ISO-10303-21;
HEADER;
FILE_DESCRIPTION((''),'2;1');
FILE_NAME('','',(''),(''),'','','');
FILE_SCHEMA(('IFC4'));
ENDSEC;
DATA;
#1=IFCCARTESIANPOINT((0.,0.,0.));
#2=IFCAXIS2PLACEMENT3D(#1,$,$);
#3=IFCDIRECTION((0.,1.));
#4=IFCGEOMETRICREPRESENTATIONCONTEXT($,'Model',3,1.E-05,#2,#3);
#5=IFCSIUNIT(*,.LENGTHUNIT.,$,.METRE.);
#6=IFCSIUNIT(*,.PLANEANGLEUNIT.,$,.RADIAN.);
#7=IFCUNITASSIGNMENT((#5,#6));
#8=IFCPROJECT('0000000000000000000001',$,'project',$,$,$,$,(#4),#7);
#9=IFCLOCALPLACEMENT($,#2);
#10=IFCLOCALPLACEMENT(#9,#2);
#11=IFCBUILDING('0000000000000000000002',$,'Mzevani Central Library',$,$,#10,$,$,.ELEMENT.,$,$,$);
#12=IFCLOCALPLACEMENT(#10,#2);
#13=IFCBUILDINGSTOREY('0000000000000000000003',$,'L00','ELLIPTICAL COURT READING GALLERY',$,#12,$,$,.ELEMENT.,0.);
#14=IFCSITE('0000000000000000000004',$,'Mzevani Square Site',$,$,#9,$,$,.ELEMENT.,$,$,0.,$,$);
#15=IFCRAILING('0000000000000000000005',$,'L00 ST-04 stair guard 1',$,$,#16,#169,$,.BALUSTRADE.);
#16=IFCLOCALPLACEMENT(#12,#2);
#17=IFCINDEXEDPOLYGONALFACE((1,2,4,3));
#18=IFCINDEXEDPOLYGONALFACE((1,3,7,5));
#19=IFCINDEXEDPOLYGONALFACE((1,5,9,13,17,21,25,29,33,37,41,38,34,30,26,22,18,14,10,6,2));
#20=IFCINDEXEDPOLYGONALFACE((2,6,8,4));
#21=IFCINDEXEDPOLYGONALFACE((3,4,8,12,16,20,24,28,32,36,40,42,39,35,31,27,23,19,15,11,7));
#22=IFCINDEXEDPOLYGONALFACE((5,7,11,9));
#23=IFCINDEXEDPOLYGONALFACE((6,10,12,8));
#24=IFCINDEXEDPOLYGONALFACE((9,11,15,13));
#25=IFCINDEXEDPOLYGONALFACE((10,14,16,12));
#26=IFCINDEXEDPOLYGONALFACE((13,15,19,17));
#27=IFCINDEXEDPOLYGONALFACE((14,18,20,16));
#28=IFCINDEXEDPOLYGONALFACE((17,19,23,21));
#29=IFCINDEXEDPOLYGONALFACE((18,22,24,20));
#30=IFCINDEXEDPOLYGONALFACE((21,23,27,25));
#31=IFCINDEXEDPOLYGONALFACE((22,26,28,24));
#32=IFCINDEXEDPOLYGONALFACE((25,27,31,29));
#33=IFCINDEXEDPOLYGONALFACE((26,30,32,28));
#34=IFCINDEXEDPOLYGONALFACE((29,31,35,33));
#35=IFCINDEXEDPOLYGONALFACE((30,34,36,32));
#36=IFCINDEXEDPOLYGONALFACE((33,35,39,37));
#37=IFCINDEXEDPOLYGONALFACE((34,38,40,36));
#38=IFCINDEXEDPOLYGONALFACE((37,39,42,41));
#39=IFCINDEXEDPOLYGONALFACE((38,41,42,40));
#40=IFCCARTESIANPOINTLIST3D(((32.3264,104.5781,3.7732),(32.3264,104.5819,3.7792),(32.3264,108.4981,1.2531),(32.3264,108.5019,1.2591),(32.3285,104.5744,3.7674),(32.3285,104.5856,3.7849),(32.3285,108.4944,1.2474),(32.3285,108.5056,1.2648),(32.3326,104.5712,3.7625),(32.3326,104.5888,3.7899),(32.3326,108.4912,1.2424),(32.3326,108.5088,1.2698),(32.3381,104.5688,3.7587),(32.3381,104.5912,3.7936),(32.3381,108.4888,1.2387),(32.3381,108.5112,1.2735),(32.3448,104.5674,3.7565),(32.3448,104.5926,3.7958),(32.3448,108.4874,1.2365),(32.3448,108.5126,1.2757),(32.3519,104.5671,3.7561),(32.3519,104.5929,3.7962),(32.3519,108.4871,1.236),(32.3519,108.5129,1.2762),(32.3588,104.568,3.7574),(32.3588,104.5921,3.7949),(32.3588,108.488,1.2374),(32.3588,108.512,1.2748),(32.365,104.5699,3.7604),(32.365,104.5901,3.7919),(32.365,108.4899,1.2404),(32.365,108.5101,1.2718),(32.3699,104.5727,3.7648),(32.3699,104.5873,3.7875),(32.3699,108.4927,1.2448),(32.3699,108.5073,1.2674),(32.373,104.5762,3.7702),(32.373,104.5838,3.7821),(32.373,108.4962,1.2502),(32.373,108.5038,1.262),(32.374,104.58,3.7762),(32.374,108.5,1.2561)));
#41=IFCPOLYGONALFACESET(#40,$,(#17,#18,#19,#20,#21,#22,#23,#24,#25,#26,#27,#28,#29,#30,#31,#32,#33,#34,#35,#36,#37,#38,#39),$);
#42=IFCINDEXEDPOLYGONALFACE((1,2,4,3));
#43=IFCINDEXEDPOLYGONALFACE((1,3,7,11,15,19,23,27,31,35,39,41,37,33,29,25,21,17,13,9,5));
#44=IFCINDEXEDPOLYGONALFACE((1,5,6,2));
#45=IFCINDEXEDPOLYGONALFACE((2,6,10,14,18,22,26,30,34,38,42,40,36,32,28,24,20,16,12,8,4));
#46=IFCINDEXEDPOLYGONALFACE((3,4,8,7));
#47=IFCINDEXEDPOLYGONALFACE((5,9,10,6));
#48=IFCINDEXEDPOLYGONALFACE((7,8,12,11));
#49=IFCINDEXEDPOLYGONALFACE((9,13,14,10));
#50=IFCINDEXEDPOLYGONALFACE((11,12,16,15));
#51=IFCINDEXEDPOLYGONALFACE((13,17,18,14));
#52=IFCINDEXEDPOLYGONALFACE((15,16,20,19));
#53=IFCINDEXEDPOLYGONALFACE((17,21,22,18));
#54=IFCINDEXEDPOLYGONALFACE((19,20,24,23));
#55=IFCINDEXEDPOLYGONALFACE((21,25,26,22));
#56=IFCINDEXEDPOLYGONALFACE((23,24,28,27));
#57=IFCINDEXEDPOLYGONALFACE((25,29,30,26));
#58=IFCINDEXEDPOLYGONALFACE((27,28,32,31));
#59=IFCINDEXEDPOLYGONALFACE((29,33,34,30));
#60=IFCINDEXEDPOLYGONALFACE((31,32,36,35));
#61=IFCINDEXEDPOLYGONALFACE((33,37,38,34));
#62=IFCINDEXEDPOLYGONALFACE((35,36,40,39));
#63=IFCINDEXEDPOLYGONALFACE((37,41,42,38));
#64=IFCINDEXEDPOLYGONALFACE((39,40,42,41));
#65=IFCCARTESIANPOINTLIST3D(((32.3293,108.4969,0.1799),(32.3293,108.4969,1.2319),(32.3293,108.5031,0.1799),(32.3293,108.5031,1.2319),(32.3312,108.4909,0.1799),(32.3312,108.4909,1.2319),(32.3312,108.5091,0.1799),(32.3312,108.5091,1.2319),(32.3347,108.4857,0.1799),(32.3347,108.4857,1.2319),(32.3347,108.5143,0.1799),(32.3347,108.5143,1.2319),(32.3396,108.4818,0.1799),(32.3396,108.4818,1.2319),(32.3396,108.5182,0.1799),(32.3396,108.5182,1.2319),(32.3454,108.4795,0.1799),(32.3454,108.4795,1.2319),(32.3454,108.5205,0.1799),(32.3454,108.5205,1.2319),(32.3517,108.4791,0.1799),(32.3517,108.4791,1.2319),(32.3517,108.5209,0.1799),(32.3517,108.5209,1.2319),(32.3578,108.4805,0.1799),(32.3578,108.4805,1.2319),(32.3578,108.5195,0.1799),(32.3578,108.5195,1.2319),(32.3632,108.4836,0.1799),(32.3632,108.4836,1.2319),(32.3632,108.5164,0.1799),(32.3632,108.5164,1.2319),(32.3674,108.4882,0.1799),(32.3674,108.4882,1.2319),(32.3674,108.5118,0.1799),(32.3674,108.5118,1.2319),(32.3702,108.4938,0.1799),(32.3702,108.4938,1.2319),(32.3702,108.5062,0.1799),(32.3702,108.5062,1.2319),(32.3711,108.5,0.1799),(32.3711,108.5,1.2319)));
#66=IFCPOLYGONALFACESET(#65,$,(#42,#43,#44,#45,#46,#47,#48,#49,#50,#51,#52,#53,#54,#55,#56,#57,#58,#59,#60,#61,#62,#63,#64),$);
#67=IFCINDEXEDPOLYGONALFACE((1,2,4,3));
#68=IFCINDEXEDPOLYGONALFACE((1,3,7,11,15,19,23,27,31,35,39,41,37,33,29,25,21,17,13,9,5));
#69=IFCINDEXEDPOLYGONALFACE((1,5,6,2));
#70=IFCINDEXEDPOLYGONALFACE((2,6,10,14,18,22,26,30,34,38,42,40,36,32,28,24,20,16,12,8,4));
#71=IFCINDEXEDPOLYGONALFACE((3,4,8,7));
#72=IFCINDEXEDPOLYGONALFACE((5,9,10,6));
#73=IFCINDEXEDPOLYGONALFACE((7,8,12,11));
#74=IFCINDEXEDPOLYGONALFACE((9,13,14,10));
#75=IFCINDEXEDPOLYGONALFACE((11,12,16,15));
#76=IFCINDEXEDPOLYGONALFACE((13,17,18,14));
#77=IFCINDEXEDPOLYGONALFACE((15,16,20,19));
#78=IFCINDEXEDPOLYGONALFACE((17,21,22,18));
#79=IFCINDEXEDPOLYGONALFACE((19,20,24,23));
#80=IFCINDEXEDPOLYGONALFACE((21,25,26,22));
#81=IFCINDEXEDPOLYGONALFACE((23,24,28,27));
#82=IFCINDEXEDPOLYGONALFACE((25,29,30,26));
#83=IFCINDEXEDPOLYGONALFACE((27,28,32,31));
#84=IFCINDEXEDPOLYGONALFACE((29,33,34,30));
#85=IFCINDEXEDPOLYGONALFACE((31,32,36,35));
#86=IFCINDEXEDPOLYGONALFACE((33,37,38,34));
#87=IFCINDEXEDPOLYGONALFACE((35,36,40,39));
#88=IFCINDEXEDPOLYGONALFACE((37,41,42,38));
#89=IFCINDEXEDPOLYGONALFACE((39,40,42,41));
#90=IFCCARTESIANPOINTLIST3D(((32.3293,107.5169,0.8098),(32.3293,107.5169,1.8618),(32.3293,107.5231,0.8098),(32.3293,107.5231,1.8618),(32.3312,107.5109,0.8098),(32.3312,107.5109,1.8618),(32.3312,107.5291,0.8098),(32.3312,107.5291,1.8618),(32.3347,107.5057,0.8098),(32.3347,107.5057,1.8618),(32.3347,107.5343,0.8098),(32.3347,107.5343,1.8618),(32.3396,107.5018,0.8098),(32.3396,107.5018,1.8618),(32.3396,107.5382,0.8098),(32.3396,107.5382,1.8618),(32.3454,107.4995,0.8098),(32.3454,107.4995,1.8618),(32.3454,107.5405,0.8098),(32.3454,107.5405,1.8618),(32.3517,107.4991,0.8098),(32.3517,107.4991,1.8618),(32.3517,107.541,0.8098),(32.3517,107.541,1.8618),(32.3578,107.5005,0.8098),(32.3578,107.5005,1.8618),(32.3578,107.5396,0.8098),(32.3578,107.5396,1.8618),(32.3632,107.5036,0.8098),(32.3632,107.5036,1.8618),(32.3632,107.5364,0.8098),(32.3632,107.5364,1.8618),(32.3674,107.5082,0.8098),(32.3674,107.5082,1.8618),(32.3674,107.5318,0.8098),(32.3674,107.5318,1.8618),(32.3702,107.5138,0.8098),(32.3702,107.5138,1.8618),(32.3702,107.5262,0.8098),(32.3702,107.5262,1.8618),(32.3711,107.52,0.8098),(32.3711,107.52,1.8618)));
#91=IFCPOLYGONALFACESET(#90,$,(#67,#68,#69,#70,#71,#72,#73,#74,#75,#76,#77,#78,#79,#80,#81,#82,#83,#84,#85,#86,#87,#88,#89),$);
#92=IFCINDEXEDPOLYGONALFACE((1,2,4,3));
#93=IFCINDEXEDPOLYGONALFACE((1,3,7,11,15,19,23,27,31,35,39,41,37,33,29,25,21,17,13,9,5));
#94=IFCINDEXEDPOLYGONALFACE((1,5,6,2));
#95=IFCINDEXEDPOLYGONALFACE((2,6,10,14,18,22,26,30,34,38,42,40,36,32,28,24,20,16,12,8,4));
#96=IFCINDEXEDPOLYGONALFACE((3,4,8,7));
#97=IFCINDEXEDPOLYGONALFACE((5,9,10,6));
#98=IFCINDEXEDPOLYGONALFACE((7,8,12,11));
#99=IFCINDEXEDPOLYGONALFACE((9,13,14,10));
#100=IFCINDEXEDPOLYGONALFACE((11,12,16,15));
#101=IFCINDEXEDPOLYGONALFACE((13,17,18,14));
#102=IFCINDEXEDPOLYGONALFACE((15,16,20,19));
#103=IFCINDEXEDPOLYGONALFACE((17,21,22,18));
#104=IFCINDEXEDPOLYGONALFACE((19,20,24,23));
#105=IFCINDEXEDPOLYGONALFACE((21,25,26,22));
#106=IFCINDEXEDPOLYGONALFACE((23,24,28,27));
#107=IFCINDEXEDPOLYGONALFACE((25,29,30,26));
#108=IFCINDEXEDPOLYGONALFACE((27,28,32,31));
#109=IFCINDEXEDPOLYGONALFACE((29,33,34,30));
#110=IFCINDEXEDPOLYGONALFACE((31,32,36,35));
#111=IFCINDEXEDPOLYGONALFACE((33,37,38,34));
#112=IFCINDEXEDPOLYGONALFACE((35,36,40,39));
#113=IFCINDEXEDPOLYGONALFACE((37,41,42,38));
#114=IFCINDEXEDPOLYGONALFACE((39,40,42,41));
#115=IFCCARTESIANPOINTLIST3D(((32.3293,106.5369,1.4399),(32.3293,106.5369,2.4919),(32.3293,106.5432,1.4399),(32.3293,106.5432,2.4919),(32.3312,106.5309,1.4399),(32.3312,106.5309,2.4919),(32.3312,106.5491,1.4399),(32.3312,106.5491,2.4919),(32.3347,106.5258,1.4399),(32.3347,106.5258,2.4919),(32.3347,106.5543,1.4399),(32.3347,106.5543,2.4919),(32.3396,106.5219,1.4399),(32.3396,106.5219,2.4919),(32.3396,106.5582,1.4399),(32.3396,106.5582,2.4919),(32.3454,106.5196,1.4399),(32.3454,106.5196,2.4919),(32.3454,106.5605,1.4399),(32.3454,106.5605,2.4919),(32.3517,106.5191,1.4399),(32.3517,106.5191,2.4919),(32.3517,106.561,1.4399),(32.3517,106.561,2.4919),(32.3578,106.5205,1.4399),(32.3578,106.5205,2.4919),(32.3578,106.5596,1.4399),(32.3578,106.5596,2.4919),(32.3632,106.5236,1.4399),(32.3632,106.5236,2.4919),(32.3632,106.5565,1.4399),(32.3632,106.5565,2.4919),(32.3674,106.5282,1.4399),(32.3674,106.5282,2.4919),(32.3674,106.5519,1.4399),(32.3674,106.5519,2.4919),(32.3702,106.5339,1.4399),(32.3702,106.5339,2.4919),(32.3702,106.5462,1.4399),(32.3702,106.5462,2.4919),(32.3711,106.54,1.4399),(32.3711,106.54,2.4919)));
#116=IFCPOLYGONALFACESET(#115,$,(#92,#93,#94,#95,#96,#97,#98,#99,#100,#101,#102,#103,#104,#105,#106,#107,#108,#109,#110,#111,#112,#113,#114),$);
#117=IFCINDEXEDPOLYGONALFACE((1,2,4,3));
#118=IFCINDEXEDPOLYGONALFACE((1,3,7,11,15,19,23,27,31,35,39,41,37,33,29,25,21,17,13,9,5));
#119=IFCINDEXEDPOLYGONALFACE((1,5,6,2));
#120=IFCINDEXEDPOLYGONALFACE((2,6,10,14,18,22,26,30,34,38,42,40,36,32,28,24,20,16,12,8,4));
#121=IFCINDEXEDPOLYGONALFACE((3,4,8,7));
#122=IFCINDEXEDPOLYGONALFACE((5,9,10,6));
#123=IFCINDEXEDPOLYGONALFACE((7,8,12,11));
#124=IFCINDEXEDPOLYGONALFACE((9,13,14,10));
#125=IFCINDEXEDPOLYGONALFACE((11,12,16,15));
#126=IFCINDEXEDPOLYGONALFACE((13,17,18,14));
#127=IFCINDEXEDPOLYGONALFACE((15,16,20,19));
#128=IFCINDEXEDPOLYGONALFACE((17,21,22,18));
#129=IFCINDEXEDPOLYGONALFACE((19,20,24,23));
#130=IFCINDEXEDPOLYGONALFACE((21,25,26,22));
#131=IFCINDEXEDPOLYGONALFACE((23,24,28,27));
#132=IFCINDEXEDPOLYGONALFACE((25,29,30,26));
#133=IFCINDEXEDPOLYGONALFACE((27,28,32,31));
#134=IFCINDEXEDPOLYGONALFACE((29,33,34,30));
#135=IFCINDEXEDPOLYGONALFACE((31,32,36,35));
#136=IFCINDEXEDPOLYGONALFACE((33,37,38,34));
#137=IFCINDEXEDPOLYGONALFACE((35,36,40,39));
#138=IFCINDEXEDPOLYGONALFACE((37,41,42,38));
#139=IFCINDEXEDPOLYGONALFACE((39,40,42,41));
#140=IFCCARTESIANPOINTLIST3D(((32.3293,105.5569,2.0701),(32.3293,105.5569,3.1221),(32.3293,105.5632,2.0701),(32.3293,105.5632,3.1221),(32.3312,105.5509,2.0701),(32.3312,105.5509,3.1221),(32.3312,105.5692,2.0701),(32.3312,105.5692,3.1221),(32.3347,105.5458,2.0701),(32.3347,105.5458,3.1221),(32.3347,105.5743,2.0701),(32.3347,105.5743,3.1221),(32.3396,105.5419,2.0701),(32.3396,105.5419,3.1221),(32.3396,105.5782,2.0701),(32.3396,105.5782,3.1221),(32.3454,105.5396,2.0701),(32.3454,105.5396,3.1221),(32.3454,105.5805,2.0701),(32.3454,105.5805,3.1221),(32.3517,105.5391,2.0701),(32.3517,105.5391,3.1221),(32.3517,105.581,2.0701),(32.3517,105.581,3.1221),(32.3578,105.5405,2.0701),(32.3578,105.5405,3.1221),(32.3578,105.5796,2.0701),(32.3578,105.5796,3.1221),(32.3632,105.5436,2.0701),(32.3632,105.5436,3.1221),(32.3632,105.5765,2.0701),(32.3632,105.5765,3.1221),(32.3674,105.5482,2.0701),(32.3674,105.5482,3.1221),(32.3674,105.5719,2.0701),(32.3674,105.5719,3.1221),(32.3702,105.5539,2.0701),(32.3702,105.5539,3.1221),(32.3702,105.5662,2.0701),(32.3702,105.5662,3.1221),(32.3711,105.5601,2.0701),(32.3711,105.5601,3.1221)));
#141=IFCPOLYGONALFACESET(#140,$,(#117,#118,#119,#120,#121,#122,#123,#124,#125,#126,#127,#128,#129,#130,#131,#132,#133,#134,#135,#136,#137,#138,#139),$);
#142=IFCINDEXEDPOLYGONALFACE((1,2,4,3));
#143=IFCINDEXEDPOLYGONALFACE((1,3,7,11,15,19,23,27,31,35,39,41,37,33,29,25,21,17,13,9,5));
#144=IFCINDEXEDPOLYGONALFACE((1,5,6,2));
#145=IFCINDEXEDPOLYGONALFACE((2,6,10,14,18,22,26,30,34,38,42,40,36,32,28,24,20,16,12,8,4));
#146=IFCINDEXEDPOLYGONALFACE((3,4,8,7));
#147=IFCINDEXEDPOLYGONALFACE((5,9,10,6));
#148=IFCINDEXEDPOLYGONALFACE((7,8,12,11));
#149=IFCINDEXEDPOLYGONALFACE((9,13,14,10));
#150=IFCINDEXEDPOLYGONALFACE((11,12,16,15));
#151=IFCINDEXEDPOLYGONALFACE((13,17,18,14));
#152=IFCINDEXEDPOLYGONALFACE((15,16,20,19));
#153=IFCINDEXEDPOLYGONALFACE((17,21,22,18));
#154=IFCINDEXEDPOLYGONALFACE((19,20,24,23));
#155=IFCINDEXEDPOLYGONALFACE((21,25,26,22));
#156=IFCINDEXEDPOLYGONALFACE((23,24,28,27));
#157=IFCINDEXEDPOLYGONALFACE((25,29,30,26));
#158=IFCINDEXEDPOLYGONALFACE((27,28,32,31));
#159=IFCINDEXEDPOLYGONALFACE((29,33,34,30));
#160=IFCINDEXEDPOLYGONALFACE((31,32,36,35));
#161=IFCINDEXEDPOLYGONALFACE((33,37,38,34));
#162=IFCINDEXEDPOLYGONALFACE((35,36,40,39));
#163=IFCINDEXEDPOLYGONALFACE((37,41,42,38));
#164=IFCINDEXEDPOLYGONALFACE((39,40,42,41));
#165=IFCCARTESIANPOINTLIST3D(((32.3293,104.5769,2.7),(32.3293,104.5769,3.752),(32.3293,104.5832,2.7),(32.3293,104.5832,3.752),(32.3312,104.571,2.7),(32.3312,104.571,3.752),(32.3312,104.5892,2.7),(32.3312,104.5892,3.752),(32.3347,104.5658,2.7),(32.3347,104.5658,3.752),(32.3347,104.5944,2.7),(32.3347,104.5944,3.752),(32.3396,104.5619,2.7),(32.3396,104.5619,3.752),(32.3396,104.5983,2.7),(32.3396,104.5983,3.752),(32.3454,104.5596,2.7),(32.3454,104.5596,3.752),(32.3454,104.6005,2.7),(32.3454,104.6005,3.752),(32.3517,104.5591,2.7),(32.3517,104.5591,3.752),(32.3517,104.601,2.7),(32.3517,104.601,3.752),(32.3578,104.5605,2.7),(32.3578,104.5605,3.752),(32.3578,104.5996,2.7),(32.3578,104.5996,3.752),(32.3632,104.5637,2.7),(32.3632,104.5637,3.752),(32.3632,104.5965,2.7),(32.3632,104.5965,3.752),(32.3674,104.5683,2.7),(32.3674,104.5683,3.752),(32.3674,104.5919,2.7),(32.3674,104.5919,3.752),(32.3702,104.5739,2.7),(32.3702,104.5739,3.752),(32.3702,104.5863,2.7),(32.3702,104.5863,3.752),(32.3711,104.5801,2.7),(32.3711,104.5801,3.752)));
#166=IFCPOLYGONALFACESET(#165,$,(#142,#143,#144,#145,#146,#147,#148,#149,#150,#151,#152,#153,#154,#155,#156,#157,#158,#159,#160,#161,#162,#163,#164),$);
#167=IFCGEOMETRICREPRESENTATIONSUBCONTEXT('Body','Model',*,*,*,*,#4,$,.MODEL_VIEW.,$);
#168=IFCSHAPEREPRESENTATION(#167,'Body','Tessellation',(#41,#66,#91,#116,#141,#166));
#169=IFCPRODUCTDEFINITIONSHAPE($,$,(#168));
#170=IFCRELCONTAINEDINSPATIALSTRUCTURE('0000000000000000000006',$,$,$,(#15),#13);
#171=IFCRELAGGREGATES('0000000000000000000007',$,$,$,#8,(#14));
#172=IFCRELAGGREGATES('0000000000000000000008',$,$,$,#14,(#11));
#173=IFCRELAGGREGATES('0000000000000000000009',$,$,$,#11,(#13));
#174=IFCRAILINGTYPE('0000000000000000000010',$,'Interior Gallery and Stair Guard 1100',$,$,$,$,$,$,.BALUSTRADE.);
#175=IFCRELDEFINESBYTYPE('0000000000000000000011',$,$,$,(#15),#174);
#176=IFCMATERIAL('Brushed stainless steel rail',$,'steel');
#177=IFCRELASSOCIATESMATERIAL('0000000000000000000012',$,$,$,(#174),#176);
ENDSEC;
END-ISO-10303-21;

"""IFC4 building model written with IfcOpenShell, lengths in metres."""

from ifc_helpers import new_model, si_unit, direction, frame, origin, origin_2d, place, context, subcontext, project, spatial, circle, extrude, material, type_object, element, save


model = new_model("IFC4")

# Units and contexts
model_context = context("Model", 3, precision=1e-05, world=origin(), true_north=direction((0.0, 1.0)))
body_context = subcontext(model_context, "Body", "Model", "MODEL_VIEW")
ifc_project = project(units=[si_unit("LENGTHUNIT", "METRE"), si_unit("PLANEANGLEUNIT", "RADIAN")], contexts=[model_context])

# Site, building, storey
site_placement = place(None, origin())
site = spatial("IfcSite", under=ifc_project, at=site_placement, Name="Mzevani Square Site", CompositionType="ELEMENT", RefElevation=0.0)
building_placement = place(site_placement, origin())
building = spatial("IfcBuilding", under=site, at=building_placement, Name="Mzevani Central Library", CompositionType="ELEMENT")
storey_placement = place(building_placement, origin())
storey = spatial("IfcBuildingStorey", under=building, at=storey_placement, Name="L00", Description="ELLIPTICAL COURT READING GALLERY", CompositionType="ELEMENT", Elevation=0.0)

# Railing
ifc_material_1 = material(Name="Brushed stainless steel rail", Category="steel")
railing_type_1 = type_object("IfcRailingType", Name="Interior Gallery and Stair Guard 1100", PredefinedType="BALUSTRADE", material=ifc_material_1)
railing_1_placement = place(storey_placement, frame((32.3501, 108.5, 0.1799)))
element("IfcRailing", 1, at=railing_1_placement, inside=storey, type_object=railing_type_1, Name="L00 ST-04 stair guard 1", PredefinedType="BALUSTRADE", context=body_context, shape_type="SweptSolid", body=[
    extrude(circle(Radius=0.0239, at=origin_2d()), frame((0.0, 0.0, 1.0762), z_axis=(0.0, -0.841172, 0.540768), x_axis=(1.0, 0.0, 0.0)), (0.0, 0.0, 1.0), 4.6602),
    extrude(circle(Radius=0.021, at=origin_2d()), origin(), (0.0, 0.0, 1.0), 1.052),
    extrude(circle(Radius=0.021, at=origin_2d()), frame((0.0, -0.98, 0.6299)), (0.0, 0.0, 1.0), 1.052),
    extrude(circle(Radius=0.021, at=origin_2d()), frame((0.0, -1.96, 1.26)), (0.0, 0.0, 1.0), 1.052),
    extrude(circle(Radius=0.021, at=origin_2d()), frame((0.0, -2.9399, 1.8901)), (0.0, 0.0, 1.0), 1.052),
    extrude(circle(Radius=0.021, at=origin_2d()), frame((0.0, -3.9199, 2.52)), (0.0, 0.0, 1.0), 1.052),
])

save(model, "model.ifc")
